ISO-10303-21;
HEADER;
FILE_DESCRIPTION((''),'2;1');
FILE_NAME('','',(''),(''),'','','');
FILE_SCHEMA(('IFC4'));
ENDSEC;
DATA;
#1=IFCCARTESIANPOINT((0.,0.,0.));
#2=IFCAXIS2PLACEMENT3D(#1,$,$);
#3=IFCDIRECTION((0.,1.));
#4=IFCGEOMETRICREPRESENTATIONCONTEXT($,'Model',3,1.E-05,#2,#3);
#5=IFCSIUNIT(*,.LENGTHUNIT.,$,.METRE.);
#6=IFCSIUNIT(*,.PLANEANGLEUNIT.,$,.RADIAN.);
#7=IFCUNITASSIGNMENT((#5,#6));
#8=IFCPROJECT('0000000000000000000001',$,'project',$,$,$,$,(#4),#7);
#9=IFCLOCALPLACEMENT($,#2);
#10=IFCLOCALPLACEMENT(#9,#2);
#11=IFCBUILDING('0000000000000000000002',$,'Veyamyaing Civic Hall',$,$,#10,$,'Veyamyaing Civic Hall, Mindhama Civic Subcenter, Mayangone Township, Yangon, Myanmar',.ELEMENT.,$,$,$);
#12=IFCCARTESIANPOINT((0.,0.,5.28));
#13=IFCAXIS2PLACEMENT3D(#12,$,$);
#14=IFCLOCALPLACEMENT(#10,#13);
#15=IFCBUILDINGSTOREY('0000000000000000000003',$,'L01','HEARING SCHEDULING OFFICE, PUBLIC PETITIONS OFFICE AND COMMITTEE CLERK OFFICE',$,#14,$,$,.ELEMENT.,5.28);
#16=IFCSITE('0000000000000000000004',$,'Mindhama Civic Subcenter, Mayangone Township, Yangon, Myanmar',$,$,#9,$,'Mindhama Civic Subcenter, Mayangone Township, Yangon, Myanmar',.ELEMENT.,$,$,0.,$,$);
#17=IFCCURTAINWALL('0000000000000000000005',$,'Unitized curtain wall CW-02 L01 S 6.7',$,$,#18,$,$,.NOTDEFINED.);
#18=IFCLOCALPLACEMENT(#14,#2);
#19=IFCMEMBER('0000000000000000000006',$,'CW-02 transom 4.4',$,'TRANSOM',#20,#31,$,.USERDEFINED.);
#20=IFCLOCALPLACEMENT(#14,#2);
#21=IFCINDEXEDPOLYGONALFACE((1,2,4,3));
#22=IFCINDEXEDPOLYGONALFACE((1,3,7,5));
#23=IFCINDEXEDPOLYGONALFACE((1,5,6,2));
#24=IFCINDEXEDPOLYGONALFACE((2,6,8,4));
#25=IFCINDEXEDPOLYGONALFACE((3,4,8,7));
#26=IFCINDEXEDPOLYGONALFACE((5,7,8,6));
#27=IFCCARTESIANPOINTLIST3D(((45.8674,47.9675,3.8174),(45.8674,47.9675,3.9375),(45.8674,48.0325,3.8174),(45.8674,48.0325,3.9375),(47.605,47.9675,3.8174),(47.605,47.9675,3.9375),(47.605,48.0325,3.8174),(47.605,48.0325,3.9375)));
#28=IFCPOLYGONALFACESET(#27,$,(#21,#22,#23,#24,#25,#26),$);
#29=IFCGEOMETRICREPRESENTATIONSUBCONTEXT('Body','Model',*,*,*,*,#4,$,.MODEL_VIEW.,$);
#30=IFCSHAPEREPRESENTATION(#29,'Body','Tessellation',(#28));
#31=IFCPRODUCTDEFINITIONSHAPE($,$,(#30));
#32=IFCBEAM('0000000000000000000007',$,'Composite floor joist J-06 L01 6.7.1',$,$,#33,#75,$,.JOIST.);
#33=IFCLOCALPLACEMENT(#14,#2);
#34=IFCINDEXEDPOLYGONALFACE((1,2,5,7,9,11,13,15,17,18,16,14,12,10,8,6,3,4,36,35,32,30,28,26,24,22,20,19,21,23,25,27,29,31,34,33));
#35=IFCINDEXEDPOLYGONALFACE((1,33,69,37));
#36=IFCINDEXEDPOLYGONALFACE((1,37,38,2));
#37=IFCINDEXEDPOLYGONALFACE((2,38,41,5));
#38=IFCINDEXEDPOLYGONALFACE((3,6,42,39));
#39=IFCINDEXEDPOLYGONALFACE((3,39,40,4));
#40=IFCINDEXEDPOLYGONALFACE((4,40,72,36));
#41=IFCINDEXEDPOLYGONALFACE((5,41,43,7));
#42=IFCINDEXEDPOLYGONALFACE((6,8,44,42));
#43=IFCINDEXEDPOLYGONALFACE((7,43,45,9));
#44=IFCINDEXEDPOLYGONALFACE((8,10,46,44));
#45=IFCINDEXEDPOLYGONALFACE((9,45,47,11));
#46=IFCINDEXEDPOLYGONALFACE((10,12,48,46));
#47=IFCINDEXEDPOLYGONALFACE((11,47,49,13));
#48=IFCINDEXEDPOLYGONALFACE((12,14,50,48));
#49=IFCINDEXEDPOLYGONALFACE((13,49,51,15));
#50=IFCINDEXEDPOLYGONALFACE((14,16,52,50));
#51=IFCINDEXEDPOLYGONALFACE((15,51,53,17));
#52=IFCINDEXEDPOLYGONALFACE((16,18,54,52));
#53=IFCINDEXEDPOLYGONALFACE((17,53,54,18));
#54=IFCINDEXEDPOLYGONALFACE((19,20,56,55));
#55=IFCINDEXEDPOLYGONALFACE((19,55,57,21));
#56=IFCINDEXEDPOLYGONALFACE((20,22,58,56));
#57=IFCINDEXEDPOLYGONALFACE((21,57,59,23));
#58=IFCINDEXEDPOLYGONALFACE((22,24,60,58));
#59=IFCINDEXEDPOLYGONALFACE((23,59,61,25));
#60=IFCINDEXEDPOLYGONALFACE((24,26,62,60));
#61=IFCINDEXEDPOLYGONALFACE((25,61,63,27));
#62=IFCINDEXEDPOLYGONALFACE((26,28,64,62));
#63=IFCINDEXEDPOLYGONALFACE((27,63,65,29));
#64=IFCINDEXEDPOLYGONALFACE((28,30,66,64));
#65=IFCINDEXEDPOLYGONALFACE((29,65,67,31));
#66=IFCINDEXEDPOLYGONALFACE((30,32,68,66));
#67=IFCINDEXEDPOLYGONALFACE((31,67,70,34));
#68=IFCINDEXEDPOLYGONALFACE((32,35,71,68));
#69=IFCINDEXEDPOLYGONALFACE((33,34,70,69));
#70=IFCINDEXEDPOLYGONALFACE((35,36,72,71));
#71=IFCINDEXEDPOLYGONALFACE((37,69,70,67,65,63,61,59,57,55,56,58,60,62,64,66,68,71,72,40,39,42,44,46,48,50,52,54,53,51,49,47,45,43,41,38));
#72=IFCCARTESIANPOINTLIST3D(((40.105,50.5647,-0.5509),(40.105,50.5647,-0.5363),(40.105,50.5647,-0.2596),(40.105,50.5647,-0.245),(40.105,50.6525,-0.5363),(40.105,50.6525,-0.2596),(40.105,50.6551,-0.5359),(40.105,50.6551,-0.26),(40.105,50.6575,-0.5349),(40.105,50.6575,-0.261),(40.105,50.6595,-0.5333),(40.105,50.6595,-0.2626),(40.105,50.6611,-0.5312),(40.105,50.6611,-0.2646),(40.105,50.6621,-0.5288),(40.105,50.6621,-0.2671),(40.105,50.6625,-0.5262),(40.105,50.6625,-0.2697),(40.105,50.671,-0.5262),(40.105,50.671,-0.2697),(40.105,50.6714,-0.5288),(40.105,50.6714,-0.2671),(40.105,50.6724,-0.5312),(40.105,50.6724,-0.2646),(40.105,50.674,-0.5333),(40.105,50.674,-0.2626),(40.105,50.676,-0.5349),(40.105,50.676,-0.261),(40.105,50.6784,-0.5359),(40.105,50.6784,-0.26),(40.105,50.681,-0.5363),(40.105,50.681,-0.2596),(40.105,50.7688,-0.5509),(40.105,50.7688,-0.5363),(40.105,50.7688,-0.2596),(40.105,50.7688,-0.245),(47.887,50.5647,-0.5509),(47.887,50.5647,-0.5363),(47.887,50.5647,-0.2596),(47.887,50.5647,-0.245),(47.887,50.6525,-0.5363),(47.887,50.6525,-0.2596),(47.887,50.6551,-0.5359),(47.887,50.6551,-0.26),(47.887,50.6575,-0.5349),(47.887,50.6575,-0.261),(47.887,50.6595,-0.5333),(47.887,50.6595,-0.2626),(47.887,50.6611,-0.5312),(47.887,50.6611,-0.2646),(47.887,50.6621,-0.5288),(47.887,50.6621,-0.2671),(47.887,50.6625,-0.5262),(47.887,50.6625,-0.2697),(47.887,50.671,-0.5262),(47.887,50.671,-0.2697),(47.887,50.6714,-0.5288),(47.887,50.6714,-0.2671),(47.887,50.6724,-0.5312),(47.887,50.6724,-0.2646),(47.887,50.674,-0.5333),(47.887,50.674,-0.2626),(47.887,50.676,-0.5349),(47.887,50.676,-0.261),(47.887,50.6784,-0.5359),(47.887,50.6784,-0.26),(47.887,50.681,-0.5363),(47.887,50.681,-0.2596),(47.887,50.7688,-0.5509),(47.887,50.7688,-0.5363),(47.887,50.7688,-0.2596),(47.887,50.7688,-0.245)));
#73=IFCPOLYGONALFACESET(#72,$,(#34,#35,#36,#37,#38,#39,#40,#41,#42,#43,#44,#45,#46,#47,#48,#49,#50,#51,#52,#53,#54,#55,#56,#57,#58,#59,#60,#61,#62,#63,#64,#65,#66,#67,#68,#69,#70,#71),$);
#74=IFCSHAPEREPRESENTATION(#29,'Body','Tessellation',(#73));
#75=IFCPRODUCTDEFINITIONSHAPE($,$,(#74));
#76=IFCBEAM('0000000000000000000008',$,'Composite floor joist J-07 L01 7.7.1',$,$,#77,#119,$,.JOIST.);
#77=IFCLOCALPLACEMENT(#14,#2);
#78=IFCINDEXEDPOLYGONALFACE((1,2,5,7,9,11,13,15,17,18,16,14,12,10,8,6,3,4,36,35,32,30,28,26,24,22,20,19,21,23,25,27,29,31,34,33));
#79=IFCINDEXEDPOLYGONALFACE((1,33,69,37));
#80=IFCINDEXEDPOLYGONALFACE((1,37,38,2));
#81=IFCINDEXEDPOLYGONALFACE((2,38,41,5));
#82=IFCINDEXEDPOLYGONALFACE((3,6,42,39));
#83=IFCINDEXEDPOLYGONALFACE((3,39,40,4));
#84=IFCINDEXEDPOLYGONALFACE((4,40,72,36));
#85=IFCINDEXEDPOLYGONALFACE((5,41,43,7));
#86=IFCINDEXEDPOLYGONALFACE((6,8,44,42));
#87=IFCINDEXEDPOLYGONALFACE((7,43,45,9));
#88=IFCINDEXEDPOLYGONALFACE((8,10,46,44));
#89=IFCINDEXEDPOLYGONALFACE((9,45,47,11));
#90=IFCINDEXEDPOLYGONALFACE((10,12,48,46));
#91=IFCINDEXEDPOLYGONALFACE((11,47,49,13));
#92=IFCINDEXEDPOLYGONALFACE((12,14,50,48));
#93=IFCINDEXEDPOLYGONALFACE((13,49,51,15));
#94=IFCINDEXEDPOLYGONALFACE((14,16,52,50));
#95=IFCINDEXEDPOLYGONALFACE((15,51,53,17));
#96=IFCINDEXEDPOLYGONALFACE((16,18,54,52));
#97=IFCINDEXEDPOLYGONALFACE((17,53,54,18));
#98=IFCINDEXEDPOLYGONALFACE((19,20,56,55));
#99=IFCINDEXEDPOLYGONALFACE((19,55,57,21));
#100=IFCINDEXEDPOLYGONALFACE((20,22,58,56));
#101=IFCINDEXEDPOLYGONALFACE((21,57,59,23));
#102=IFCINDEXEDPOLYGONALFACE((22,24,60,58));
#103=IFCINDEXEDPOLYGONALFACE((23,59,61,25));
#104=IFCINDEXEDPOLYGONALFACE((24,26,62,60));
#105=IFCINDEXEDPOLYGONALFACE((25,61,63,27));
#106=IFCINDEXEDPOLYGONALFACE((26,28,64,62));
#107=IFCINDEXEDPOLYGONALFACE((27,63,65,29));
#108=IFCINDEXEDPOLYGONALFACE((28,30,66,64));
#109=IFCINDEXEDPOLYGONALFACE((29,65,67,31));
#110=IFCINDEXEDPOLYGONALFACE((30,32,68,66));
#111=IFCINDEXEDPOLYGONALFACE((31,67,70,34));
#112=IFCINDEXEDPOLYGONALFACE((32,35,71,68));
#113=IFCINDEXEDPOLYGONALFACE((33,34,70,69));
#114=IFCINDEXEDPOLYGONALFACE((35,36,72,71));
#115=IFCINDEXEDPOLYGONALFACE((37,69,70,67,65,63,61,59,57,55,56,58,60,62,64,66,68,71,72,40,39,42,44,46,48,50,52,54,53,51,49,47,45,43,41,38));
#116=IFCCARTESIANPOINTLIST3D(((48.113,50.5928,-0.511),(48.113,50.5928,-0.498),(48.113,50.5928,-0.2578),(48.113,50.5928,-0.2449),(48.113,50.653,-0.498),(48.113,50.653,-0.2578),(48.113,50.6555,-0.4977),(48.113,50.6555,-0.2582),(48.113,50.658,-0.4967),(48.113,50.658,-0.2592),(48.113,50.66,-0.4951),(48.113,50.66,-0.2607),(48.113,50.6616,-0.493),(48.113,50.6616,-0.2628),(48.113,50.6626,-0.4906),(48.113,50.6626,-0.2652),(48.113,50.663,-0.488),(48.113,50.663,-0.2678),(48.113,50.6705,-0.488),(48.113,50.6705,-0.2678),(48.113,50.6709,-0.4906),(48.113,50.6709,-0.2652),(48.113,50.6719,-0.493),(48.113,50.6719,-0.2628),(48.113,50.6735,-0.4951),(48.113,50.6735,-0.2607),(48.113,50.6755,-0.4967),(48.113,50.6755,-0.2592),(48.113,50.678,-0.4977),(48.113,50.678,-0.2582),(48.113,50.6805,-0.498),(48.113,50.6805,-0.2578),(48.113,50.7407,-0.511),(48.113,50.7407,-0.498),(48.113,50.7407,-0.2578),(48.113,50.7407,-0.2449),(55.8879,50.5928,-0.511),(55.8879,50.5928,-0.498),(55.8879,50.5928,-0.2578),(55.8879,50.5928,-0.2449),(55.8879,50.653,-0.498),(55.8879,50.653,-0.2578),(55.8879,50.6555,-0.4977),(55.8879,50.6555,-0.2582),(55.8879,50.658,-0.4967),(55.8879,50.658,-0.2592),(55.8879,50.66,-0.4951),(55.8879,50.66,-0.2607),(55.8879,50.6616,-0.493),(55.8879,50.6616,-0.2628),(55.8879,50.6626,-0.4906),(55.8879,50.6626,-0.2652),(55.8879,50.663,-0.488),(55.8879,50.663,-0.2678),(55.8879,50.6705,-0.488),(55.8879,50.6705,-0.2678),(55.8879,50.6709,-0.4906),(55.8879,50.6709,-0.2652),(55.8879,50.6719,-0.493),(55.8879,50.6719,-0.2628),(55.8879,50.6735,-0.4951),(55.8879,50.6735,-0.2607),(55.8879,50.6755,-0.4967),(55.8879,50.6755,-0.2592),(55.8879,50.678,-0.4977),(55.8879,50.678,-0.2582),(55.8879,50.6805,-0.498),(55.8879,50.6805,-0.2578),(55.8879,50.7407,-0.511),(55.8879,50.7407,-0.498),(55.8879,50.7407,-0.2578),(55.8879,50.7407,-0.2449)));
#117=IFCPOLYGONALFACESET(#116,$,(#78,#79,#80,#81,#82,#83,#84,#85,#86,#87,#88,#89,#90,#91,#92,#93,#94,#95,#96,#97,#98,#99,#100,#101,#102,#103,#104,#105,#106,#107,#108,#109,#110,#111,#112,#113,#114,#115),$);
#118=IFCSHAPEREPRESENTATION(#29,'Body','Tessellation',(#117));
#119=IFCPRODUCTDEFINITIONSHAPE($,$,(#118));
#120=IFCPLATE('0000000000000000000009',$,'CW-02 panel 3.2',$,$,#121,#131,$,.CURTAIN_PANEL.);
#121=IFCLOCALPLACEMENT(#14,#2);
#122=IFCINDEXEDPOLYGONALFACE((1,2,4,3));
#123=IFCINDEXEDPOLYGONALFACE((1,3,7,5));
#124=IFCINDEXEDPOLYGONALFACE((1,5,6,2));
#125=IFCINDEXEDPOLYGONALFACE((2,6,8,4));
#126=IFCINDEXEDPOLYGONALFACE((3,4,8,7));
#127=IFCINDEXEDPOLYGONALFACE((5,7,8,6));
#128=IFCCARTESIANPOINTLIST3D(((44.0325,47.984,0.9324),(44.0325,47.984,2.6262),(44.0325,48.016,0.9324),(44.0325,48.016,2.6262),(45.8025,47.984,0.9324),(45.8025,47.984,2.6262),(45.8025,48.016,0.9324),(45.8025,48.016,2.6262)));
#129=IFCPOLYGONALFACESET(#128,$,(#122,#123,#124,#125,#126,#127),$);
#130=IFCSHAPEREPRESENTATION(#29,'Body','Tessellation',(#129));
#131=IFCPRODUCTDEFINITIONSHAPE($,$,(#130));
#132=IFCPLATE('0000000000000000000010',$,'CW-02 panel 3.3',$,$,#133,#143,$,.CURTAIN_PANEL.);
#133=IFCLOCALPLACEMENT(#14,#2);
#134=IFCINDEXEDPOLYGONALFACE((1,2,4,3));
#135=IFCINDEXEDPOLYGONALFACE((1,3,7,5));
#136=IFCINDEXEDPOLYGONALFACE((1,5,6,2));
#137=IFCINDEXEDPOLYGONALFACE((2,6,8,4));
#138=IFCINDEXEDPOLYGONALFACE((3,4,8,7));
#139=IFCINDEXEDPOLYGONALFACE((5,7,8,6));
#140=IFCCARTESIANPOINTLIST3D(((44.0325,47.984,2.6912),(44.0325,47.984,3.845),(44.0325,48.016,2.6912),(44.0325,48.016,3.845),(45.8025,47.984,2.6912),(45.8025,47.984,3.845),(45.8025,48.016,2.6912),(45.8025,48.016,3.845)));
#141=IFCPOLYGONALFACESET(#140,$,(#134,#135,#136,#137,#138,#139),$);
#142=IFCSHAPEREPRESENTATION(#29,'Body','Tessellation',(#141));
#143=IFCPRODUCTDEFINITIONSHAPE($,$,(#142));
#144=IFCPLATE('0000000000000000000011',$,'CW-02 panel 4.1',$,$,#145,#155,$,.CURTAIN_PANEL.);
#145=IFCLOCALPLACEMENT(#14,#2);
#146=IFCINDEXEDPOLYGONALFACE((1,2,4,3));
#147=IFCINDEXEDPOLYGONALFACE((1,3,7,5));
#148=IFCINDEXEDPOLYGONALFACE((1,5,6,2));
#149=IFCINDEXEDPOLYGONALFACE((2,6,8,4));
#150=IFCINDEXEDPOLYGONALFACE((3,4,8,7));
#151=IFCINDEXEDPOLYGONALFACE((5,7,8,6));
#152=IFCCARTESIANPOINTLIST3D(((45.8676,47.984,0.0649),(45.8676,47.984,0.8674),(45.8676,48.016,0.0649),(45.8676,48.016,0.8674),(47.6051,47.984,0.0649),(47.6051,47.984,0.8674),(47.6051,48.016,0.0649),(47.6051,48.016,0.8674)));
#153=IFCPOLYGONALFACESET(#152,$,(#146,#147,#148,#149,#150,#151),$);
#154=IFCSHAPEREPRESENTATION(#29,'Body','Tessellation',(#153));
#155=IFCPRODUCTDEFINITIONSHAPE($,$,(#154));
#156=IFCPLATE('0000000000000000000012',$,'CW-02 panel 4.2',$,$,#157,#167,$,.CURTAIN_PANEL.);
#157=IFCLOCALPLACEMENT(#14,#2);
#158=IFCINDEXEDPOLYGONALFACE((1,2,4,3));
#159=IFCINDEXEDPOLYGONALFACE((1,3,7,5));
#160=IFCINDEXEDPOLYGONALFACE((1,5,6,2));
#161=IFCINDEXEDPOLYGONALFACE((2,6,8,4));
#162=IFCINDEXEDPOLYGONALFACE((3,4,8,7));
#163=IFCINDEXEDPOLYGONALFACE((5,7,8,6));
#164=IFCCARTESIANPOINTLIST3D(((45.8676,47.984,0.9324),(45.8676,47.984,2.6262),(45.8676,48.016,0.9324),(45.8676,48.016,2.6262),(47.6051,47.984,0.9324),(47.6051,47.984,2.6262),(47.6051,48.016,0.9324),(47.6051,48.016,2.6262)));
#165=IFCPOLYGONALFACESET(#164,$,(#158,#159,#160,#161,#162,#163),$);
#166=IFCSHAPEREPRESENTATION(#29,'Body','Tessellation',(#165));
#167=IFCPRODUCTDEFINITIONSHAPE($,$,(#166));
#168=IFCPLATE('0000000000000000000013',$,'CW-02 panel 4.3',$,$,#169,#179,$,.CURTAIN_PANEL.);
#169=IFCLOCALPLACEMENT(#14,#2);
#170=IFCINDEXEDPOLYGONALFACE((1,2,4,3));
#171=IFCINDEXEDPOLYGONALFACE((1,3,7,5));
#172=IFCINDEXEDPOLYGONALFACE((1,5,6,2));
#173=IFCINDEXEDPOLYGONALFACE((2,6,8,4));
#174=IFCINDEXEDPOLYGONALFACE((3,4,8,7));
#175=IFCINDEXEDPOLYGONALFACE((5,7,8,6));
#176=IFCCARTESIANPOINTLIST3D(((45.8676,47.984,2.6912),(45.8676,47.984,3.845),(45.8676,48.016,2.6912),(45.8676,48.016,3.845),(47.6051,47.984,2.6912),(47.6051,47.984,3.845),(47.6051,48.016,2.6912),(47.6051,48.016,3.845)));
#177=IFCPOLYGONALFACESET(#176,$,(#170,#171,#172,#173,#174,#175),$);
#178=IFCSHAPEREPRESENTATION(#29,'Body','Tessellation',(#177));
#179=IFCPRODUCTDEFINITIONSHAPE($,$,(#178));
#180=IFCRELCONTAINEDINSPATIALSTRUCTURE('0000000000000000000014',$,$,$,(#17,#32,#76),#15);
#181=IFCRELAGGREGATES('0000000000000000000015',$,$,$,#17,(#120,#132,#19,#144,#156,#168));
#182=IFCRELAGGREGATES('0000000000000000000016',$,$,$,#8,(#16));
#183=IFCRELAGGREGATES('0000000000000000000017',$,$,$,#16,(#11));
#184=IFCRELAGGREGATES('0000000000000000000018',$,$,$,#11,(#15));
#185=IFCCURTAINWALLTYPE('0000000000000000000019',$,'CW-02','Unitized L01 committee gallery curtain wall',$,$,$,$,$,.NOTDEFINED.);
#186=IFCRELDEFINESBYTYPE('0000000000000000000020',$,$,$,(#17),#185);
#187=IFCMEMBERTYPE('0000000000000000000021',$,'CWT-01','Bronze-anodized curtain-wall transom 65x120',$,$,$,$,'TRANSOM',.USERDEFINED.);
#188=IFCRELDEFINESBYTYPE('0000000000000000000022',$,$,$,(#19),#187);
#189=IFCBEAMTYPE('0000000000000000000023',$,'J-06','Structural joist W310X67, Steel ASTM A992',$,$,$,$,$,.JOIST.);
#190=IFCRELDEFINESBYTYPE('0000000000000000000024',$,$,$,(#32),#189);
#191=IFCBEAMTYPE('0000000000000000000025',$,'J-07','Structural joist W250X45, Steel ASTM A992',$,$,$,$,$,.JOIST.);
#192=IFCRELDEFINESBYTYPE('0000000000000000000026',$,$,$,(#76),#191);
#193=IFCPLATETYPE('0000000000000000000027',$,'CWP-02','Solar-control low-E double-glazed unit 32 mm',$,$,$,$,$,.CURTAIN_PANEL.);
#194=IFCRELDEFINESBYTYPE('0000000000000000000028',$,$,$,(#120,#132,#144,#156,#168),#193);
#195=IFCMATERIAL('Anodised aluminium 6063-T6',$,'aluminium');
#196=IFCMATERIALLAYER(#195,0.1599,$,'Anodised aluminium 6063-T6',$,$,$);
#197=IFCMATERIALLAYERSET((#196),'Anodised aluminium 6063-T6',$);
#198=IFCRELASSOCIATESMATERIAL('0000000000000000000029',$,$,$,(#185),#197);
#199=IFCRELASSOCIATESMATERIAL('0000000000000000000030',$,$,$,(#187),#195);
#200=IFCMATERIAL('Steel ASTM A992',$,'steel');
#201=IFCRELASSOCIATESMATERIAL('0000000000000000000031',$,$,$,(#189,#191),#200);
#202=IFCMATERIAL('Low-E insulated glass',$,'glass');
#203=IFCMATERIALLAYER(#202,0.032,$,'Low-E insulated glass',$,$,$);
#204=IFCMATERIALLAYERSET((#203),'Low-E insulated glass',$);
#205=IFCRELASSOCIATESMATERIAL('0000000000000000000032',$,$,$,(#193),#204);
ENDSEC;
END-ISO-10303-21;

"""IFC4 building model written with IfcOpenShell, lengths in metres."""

from ifc_helpers import new_model, si_unit, direction, frame, origin, origin_2d, place, context, subcontext, project, spatial, rectangle, i_section, extrude, material, layer, layer_set, material_profile, profile_set, type_object, element, aggregate, save


model = new_model("IFC4")

# Units and contexts
model_context = context("Model", 3, precision=1e-05, world=origin(), true_north=direction((0.0, 1.0)))
body_context = subcontext(model_context, "Body", "Model", "MODEL_VIEW")
ifc_project = project(units=[si_unit("LENGTHUNIT", "METRE"), si_unit("PLANEANGLEUNIT", "RADIAN")], contexts=[model_context])

# Site, building, storey
site_placement = place(None, origin())
site = spatial("IfcSite", under=ifc_project, at=site_placement, Name="Mindhama Civic Subcenter, Mayangone Township, Yangon, Myanmar", LongName="Mindhama Civic Subcenter, Mayangone Township, Yangon, Myanmar", CompositionType="ELEMENT", RefElevation=0.0)
building_placement = place(site_placement, origin())
building = spatial("IfcBuilding", under=site, at=building_placement, Name="Veyamyaing Civic Hall", LongName="Veyamyaing Civic Hall, Mindhama Civic Subcenter, Mayangone Township, Yangon, Myanmar", CompositionType="ELEMENT")
storey_placement = place(building_placement, frame((0.0, 0.0, 5.28)))
storey = spatial("IfcBuildingStorey", under=building, at=storey_placement, Name="L01", Description="HEARING SCHEDULING OFFICE, PUBLIC PETITIONS OFFICE AND COMMITTEE CLERK OFFICE", CompositionType="ELEMENT", Elevation=5.28)

# Shared definitions
ifc_material_1 = material(Name="Steel ASTM A992", Category="steel")

# Curtain wall, member
ifc_material_2 = material(Name="Anodised aluminium 6063-T6", Category="aluminium")
ifc_layer_1 = layer(ifc_material_2, 0.1599, Name="Anodised aluminium 6063-T6")
ifc_layer_set_1 = layer_set([ifc_layer_1], Name="Anodised aluminium 6063-T6")
curtain_wall_type = type_object("IfcCurtainWallType", Name="CW-02", Description="Unitized L01 committee gallery curtain wall", PredefinedType="NOTDEFINED", material=ifc_layer_set_1)
curtain_wall_placement = place(storey_placement, origin())
curtain_wall = element("IfcCurtainWall", 1, at=curtain_wall_placement, inside=storey, type_object=curtain_wall_type, Name="Unitized curtain wall CW-02 L01 S 6.7", PredefinedType="NOTDEFINED")
ifc_material_profile_1 = material_profile(ifc_material_2, rectangle(XDim=0.0649, YDim=0.1201, at=origin_2d()), Name="ALU-TRN-65X120")
ifc_profile_set_1 = profile_set([ifc_material_profile_1], Name="Anodised aluminium 6063-T6")
member_type_1 = type_object("IfcMemberType", Name="CWT-01", Description="Bronze-anodized curtain-wall transom 65x120", ElementType="TRANSOM", PredefinedType="USERDEFINED", material=ifc_profile_set_1)
member_1_placement = place(storey_placement, frame((45.8674, 48.0, 3.8774), z_axis=(1.0, 0.0, 0.0), x_axis=(0.0, 1.0, 0.0)))
member_1 = element("IfcMember", 2, at=member_1_placement, type_object=member_type_1, Name="CW-02 transom 4.4", ObjectType="TRANSOM", PredefinedType="USERDEFINED", context=body_context, shape_type="SweptSolid", body=[
    extrude(rectangle(XDim=0.0649, YDim=0.1201, at=origin_2d()), origin(), (0.0, 0.0, 1.0), 1.7375),
])

# Beams
ifc_material_profile_2 = material_profile(ifc_material_1, i_section(OverallWidth=0.2041, OverallDepth=0.3059, WebThickness=0.0085, FlangeThickness=0.0146, FilletRadius=0.01, at=origin_2d()), Name="W310X67")
ifc_profile_set_2 = profile_set([ifc_material_profile_2], Name="Steel ASTM A992")
beam_type_1 = type_object("IfcBeamType", Name="J-06", Description="Structural joist W310X67, Steel ASTM A992", PredefinedType="JOIST", material=ifc_profile_set_2)
beam_1_placement = place(storey_placement, frame((40.105, 50.6667, -0.3979), z_axis=(1.0, 0.0, 0.0), x_axis=(0.0, 1.0, 0.0)))
element("IfcBeam", 3, at=beam_1_placement, inside=storey, type_object=beam_type_1, Name="Composite floor joist J-06 L01 6.7.1", PredefinedType="JOIST", context=body_context, shape_type="SweptSolid", body=[
    extrude(i_section(OverallWidth=0.2041, OverallDepth=0.3059, WebThickness=0.0085, FlangeThickness=0.0146, FilletRadius=0.01, at=origin_2d()), origin(), (0.0, 0.0, 1.0), 7.782),
])
ifc_material_profile_3 = material_profile(ifc_material_1, i_section(OverallWidth=0.1479, OverallDepth=0.2661, WebThickness=0.0076, FlangeThickness=0.0129, FilletRadius=0.01, at=origin_2d()), Name="W250X45")
ifc_profile_set_3 = profile_set([ifc_material_profile_3], Name="Steel ASTM A992")
beam_type_2 = type_object("IfcBeamType", Name="J-07", Description="Structural joist W250X45, Steel ASTM A992", PredefinedType="JOIST", material=ifc_profile_set_3)
beam_2_placement = place(storey_placement, frame((48.113, 50.6667, -0.3779), z_axis=(1.0, 0.0, 0.0), x_axis=(0.0, 1.0, 0.0)))
element("IfcBeam", 4, at=beam_2_placement, inside=storey, type_object=beam_type_2, Name="Composite floor joist J-07 L01 7.7.1", PredefinedType="JOIST", context=body_context, shape_type="SweptSolid", body=[
    extrude(i_section(OverallWidth=0.1479, OverallDepth=0.2661, WebThickness=0.0076, FlangeThickness=0.0129, FilletRadius=0.01, at=origin_2d()), origin(), (0.0, 0.0, 1.0), 7.7749),
])

# Plates
ifc_material_3 = material(Name="Low-E insulated glass", Category="glass")
ifc_layer_2 = layer(ifc_material_3, 0.032, Name="Low-E insulated glass")
ifc_layer_set_2 = layer_set([ifc_layer_2], Name="Low-E insulated glass")
plate_type = type_object("IfcPlateType", Name="CWP-02", Description="Solar-control low-E double-glazed unit 32 mm", PredefinedType="CURTAIN_PANEL", material=ifc_layer_set_2)
plate_1_placement = place(storey_placement, frame((44.9175, 48.0, 0.9324), z_axis=(0.0, 0.0, 1.0), x_axis=(1.0, 0.0, 0.0)))
plate_1 = element("IfcPlate", 5, at=plate_1_placement, type_object=plate_type, Name="CW-02 panel 3.2", PredefinedType="CURTAIN_PANEL", context=body_context, shape_type="SweptSolid", body=[
    extrude(rectangle(XDim=1.77, YDim=0.032, at=origin_2d()), origin(), (0.0, 0.0, 1.0), 1.6938),
])
plate_2_placement = place(storey_placement, frame((44.9175, 48.0, 2.6912), z_axis=(0.0, 0.0, 1.0), x_axis=(1.0, 0.0, 0.0)))
plate_2 = element("IfcPlate", 6, at=plate_2_placement, type_object=plate_type, Name="CW-02 panel 3.3", PredefinedType="CURTAIN_PANEL", context=body_context, shape_type="SweptSolid", body=[
    extrude(rectangle(XDim=1.77, YDim=0.032, at=origin_2d()), origin(), (0.0, 0.0, 1.0), 1.1538),
])
plate_3_placement = place(storey_placement, frame((46.7363, 48.0, 0.0649), z_axis=(0.0, 0.0, 1.0), x_axis=(1.0, 0.0, 0.0)))
plate_3 = element("IfcPlate", 7, at=plate_3_placement, type_object=plate_type, Name="CW-02 panel 4.1", PredefinedType="CURTAIN_PANEL", context=body_context, shape_type="SweptSolid", body=[
    extrude(rectangle(XDim=1.7375, YDim=0.032, at=origin_2d()), origin(), (0.0, 0.0, 1.0), 0.8025),
])
plate_4_placement = place(storey_placement, frame((46.7363, 48.0, 0.9324), z_axis=(0.0, 0.0, 1.0), x_axis=(1.0, 0.0, 0.0)))
plate_4 = element("IfcPlate", 8, at=plate_4_placement, type_object=plate_type, Name="CW-02 panel 4.2", PredefinedType="CURTAIN_PANEL", context=body_context, shape_type="SweptSolid", body=[
    extrude(rectangle(XDim=1.7375, YDim=0.032, at=origin_2d()), origin(), (0.0, 0.0, 1.0), 1.6938),
])
plate_5_placement = place(storey_placement, frame((46.7363, 48.0, 2.6912), z_axis=(0.0, 0.0, 1.0), x_axis=(1.0, 0.0, 0.0)))
plate_5 = element("IfcPlate", 9, at=plate_5_placement, type_object=plate_type, Name="CW-02 panel 4.3", PredefinedType="CURTAIN_PANEL", context=body_context, shape_type="SweptSolid", body=[
    extrude(rectangle(XDim=1.7375, YDim=0.032, at=origin_2d()), origin(), (0.0, 0.0, 1.0), 1.1538),
])
aggregate(curtain_wall, [plate_1, plate_2, member_1, plate_3, plate_4, plate_5])

save(model, "model.ifc")
